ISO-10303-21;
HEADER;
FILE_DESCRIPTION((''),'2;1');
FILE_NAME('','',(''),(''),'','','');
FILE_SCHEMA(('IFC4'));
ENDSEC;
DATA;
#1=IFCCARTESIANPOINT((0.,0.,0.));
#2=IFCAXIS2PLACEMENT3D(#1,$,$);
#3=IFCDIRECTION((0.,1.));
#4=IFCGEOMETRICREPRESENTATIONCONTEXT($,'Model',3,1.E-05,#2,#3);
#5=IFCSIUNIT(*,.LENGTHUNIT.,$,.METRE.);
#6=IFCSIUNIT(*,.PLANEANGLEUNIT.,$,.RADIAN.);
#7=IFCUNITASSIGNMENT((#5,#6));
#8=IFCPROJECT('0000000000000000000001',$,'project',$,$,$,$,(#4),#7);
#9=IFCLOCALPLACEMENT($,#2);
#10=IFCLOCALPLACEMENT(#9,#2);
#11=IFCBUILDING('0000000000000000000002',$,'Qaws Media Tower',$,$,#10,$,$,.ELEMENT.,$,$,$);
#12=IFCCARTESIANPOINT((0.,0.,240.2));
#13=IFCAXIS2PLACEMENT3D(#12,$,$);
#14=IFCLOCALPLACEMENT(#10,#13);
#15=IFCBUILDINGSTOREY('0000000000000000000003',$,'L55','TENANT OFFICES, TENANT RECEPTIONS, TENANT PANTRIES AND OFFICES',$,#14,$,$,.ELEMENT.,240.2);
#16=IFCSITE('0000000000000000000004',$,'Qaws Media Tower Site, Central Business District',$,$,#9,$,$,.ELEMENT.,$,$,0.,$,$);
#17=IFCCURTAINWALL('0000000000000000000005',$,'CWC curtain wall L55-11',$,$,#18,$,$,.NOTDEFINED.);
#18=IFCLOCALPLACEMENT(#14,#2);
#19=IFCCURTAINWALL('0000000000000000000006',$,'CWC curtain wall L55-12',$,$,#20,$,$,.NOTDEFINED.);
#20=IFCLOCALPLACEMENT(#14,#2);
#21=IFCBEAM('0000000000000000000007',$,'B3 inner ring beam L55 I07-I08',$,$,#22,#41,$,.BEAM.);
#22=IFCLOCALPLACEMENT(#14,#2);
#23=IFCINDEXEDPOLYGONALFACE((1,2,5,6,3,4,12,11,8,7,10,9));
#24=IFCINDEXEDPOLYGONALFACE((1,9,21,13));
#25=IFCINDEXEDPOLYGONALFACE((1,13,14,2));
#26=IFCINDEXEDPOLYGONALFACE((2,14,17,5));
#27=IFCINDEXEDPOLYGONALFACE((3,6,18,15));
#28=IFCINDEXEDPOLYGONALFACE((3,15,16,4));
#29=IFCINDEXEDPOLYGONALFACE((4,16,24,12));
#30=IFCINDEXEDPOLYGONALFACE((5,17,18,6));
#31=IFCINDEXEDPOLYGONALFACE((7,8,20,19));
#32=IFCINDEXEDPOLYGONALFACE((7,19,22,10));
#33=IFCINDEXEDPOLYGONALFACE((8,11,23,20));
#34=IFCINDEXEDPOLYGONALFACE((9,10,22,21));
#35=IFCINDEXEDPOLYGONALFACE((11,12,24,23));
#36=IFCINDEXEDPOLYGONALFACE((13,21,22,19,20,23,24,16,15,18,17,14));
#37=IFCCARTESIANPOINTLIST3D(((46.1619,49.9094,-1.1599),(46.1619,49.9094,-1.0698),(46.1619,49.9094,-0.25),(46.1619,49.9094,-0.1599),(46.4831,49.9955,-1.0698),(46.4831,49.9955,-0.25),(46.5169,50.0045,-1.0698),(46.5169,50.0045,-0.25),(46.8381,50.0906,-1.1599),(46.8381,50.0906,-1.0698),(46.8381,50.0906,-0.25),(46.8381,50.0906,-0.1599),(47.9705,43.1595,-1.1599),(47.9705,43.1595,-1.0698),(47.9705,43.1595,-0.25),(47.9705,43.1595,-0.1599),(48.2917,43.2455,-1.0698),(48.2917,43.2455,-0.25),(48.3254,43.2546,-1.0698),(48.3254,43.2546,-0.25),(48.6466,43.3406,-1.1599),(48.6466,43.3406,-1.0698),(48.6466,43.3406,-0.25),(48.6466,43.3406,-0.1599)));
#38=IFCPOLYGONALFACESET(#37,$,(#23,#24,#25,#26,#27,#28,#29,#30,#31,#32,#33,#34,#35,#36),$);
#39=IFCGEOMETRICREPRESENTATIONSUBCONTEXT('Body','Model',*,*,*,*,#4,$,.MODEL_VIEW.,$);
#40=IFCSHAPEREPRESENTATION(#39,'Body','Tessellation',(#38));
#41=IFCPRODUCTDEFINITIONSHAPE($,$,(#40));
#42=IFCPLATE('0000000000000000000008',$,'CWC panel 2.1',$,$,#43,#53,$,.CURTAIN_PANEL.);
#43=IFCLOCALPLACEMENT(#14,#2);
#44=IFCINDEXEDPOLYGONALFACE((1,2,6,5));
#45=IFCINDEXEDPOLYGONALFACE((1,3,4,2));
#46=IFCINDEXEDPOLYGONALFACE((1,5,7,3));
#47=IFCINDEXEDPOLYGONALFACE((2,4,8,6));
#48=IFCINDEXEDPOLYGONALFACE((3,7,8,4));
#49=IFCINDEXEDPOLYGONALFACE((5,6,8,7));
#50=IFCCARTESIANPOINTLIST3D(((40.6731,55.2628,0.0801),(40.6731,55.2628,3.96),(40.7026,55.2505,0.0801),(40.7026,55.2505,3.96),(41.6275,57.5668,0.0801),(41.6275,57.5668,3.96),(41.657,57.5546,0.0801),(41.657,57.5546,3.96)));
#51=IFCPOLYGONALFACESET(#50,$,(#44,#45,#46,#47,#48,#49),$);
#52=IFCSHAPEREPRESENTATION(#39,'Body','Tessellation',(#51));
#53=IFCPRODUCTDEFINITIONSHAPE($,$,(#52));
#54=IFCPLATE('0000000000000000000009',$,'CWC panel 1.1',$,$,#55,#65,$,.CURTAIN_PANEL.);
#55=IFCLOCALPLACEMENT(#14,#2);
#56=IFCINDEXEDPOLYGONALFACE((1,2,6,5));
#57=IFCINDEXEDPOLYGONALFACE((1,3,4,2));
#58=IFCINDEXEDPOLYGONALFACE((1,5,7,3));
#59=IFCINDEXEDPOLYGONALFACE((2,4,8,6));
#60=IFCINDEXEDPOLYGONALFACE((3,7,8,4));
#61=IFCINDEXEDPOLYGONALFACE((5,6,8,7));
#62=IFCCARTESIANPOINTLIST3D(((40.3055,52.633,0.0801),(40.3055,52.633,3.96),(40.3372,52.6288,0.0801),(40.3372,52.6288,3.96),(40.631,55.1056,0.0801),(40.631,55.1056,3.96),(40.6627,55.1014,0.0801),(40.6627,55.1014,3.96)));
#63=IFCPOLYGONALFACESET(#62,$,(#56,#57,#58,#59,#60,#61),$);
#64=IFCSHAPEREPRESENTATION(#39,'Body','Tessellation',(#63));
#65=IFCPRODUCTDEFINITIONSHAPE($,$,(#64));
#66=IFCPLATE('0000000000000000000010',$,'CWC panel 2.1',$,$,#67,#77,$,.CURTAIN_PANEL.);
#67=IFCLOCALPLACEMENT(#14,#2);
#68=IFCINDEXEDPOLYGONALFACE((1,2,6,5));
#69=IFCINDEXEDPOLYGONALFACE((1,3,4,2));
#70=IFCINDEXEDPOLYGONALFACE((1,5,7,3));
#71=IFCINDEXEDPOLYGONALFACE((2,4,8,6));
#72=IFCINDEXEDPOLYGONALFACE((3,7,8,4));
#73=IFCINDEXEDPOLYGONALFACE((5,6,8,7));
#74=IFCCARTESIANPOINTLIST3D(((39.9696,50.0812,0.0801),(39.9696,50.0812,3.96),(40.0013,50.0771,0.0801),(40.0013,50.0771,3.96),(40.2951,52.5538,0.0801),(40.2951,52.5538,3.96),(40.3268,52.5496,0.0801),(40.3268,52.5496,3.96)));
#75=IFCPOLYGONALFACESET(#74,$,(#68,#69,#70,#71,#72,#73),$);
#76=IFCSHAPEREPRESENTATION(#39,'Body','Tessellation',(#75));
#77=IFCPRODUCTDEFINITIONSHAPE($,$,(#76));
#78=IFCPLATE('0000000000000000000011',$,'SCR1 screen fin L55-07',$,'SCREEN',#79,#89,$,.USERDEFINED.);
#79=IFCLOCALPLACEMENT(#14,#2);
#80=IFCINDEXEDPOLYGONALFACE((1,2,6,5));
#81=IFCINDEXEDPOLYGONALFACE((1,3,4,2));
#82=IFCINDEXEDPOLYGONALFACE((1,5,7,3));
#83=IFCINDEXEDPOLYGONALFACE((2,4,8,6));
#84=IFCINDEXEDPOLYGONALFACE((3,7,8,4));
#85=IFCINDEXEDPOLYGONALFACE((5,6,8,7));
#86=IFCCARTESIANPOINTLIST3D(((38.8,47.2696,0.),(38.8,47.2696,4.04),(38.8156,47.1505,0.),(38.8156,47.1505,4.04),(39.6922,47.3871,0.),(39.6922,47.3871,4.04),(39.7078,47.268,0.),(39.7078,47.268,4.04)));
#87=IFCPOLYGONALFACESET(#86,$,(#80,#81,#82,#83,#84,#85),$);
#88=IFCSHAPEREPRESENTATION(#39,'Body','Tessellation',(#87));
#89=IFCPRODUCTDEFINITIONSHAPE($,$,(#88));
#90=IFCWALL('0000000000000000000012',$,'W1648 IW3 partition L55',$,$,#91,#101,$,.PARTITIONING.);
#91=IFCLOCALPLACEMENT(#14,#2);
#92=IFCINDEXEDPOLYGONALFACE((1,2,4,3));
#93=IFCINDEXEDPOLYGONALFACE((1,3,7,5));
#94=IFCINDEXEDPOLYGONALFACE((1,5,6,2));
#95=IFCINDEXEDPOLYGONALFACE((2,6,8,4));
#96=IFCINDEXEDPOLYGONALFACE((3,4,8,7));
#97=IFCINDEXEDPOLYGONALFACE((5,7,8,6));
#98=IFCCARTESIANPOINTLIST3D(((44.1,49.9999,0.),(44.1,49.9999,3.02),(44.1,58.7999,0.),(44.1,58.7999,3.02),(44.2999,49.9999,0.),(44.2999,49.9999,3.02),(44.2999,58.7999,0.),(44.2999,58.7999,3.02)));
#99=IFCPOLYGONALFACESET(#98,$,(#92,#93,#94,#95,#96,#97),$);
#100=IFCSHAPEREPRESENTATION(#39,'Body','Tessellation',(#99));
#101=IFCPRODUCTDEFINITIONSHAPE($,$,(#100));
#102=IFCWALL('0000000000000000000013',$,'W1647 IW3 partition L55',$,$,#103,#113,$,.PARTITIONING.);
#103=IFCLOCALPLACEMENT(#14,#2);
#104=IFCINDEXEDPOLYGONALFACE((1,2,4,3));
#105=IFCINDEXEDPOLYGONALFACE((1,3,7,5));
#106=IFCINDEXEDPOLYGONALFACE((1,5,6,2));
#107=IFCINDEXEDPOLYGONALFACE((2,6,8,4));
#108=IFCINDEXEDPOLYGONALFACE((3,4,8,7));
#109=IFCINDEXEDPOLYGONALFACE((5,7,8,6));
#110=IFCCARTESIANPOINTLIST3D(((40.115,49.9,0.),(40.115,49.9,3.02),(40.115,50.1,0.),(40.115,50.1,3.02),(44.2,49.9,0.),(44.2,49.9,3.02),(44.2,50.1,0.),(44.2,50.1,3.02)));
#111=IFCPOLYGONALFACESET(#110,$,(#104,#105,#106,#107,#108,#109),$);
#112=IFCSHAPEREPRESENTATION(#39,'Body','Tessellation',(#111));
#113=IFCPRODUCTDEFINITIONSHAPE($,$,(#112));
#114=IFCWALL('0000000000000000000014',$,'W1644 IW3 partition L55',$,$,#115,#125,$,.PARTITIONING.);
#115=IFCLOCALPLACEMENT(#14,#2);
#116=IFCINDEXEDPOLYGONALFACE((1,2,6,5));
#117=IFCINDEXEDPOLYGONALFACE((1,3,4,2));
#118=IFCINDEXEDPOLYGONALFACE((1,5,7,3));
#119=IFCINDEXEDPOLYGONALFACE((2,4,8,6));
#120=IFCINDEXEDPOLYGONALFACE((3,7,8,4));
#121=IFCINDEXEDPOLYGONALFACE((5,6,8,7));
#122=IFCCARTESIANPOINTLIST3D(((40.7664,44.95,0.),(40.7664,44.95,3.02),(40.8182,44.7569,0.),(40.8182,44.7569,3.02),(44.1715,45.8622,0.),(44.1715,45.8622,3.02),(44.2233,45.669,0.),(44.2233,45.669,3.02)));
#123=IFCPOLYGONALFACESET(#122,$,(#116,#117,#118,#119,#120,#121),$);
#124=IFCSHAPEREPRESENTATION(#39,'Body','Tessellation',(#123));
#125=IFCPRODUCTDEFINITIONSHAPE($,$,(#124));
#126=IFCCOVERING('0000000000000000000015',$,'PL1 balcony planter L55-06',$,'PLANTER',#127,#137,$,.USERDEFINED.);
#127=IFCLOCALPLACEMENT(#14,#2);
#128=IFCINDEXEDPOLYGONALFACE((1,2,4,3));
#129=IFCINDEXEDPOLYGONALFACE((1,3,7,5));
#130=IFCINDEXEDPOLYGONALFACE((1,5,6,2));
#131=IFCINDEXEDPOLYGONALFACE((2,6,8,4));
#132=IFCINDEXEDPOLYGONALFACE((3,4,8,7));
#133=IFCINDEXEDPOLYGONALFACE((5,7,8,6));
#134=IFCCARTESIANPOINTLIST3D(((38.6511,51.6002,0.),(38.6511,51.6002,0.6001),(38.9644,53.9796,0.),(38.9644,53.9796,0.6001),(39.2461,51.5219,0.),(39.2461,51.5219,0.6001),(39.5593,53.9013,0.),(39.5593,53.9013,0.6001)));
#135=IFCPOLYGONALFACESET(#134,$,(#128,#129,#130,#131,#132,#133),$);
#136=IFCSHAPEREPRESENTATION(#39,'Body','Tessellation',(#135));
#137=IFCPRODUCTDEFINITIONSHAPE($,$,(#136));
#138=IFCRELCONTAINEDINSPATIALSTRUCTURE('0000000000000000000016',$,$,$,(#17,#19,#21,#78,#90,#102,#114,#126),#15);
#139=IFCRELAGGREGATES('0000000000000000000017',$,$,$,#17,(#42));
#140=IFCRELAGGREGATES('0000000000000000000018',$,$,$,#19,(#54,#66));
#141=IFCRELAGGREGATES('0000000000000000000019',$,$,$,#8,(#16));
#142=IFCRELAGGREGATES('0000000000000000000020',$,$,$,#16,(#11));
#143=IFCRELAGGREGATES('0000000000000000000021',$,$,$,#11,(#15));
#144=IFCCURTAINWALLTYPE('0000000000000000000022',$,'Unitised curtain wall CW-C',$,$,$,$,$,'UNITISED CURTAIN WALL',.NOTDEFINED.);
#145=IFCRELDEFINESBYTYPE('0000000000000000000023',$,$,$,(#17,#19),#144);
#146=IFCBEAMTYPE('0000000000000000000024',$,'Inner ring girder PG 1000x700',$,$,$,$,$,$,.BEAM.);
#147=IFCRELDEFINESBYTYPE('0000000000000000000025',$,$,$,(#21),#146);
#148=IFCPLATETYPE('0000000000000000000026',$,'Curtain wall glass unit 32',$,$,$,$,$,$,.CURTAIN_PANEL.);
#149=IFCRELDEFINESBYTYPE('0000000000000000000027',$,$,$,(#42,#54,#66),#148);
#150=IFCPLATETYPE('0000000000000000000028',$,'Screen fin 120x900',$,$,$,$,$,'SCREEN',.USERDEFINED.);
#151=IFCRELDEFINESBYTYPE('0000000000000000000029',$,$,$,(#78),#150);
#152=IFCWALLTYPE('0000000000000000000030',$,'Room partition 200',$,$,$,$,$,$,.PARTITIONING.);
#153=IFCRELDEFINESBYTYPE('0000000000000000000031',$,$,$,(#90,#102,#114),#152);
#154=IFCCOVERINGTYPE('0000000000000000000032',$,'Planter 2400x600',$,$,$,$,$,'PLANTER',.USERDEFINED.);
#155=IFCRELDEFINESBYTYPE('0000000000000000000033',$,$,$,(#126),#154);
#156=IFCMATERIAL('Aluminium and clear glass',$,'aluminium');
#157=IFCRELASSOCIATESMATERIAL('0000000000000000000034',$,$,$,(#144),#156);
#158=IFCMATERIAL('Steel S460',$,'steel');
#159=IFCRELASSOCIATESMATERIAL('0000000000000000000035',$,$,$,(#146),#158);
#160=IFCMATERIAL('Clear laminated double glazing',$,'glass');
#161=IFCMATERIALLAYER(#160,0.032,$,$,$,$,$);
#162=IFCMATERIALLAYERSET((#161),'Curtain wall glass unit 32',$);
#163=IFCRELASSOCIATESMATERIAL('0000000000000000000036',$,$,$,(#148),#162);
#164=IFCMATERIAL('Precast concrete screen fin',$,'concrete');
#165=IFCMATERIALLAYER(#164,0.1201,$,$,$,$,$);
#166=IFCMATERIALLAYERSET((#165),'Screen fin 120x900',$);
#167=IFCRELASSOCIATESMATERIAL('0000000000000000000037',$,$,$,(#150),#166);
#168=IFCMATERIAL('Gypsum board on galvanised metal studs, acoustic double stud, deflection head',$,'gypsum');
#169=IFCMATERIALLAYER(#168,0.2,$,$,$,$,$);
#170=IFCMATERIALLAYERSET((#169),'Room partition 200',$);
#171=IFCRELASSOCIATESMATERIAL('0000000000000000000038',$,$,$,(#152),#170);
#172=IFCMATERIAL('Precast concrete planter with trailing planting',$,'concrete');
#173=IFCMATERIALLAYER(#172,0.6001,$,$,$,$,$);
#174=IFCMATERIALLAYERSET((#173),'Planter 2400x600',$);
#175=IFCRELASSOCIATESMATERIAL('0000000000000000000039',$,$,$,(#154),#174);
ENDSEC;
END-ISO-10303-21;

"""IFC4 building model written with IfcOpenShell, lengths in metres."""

from ifc_helpers import new_model, si_unit, direction, frame, frame_2d, origin, origin_2d, place, context, subcontext, project, spatial, rectangle, i_section, extrude, material, layer, layer_set, material_profile, profile_set, type_object, element, aggregate, save


model = new_model("IFC4")

# Units and contexts
model_context = context("Model", 3, precision=1e-05, world=origin(), true_north=direction((0.0, 1.0)))
body_context = subcontext(model_context, "Body", "Model", "MODEL_VIEW")
ifc_project = project(units=[si_unit("LENGTHUNIT", "METRE"), si_unit("PLANEANGLEUNIT", "RADIAN")], contexts=[model_context])

# Site, building, storey
site_placement = place(None, origin())
site = spatial("IfcSite", under=ifc_project, at=site_placement, Name="Qaws Media Tower Site, Central Business District", CompositionType="ELEMENT", RefElevation=0.0)
building_placement = place(site_placement, origin())
building = spatial("IfcBuilding", under=site, at=building_placement, Name="Qaws Media Tower", CompositionType="ELEMENT")
storey_placement = place(building_placement, frame((0.0, 0.0, 240.2)))
storey = spatial("IfcBuildingStorey", under=building, at=storey_placement, Name="L55", Description="TENANT OFFICES, TENANT RECEPTIONS, TENANT PANTRIES AND OFFICES", CompositionType="ELEMENT", Elevation=240.2)

# Curtain wall
ifc_material_1 = material(Name="Aluminium and clear glass", Category="aluminium")
curtain_wall_type = type_object("IfcCurtainWallType", Name="Unitised curtain wall CW-C", ElementType="UNITISED CURTAIN WALL", PredefinedType="NOTDEFINED", material=ifc_material_1)
curtain_wall_1_placement = place(storey_placement, origin())
curtain_wall_1 = element("IfcCurtainWall", 1, at=curtain_wall_1_placement, inside=storey, type_object=curtain_wall_type, Name="CWC curtain wall L55-11", PredefinedType="NOTDEFINED")

# Curtain wall
curtain_wall_2_placement = place(storey_placement, origin())
curtain_wall_2 = element("IfcCurtainWall", 2, at=curtain_wall_2_placement, inside=storey, type_object=curtain_wall_type, Name="CWC curtain wall L55-12", PredefinedType="NOTDEFINED")

# Beam
ifc_material_2 = material(Name="Steel S460", Category="steel")
ifc_material_profile_1 = material_profile(ifc_material_2, i_section(OverallWidth=0.7, OverallDepth=1.0, WebThickness=0.0349, FlangeThickness=0.0901, at=origin_2d()), Name="PG 1000x700")
ifc_profile_set_1 = profile_set([ifc_material_profile_1], Name="Steel S460")
beam_type_1 = type_object("IfcBeamType", Name="Inner ring girder PG 1000x700", PredefinedType="BEAM", material=ifc_profile_set_1)
beam_1_placement = place(storey_placement, frame((46.5, 50.0, -0.6599), z_axis=(0.258811, -0.965928, 0.0), x_axis=(0.965928, 0.258811, 0.0)))
element("IfcBeam", 3, at=beam_1_placement, inside=storey, type_object=beam_type_1, Name="B3 inner ring beam L55 I07-I08", PredefinedType="BEAM", context=body_context, shape_type="SweptSolid", body=[
    extrude(i_section(OverallWidth=0.7, OverallDepth=1.0, WebThickness=0.0349, FlangeThickness=0.0901, at=origin_2d()), origin(), (0.0, 0.0, 1.0), 6.988),
])

# Plates
ifc_material_3 = material(Name="Clear laminated double glazing", Category="glass")
ifc_layer_1 = layer(ifc_material_3, 0.032)
ifc_layer_set_1 = layer_set([ifc_layer_1], Name="Curtain wall glass unit 32")
plate_type_1 = type_object("IfcPlateType", Name="Curtain wall glass unit 32", PredefinedType="CURTAIN_PANEL", material=ifc_layer_set_1)
plate_1_placement = place(storey_placement, frame((41.165, 56.4087, 0.0801), z_axis=(0.0, 0.0, 1.0), x_axis=(-0.382683, -0.92388, 0.0)))
plate_1 = element("IfcPlate", 4, at=plate_1_placement, type_object=plate_type_1, Name="CWC panel 2.1", PredefinedType="CURTAIN_PANEL", context=body_context, shape_type="SweptSolid", body=[
    extrude(rectangle(XDim=2.4939, YDim=0.032, at=origin_2d()), origin(), (0.0, 0.0, 1.0), 3.8799),
])
aggregate(curtain_wall_1, [plate_1])
plate_2_placement = place(storey_placement, frame((40.4841, 53.8672, 0.0801), z_axis=(0.0, 0.0, 1.0), x_axis=(-0.130526, -0.991445, 0.0)))
plate_2 = element("IfcPlate", 5, at=plate_2_placement, type_object=plate_type_1, Name="CWC panel 1.1", PredefinedType="CURTAIN_PANEL", context=body_context, shape_type="SweptSolid", body=[
    extrude(rectangle(XDim=2.4939, YDim=0.032, at=origin_2d()), origin(), (0.0, 0.0, 1.0), 3.8799),
])
plate_3_placement = place(storey_placement, frame((40.1482, 51.3154, 0.0801), z_axis=(0.0, 0.0, 1.0), x_axis=(-0.130526, -0.991445, 0.0)))
plate_3 = element("IfcPlate", 6, at=plate_3_placement, type_object=plate_type_1, Name="CWC panel 2.1", PredefinedType="CURTAIN_PANEL", context=body_context, shape_type="SweptSolid", body=[
    extrude(rectangle(XDim=2.4939, YDim=0.032, at=origin_2d()), origin(), (0.0, 0.0, 1.0), 3.8799),
])
aggregate(curtain_wall_2, [plate_2, plate_3])
ifc_material_4 = material(Name="Precast concrete screen fin", Category="concrete")
ifc_layer_2 = layer(ifc_material_4, 0.1201)
ifc_layer_set_2 = layer_set([ifc_layer_2], Name="Screen fin 120x900")
plate_type_2 = type_object("IfcPlateType", Name="Screen fin 120x900", ElementType="SCREEN", PredefinedType="USERDEFINED", material=ifc_layer_set_2)
plate_4_placement = place(storey_placement, frame((39.2539, 47.2688, 0.0), z_axis=(0.0, 0.0, 1.0), x_axis=(-0.991445, -0.130526, 0.0)))
element("IfcPlate", 7, at=plate_4_placement, inside=storey, type_object=plate_type_2, Name="SCR1 screen fin L55-07", ObjectType="SCREEN", PredefinedType="USERDEFINED", context=body_context, shape_type="SweptSolid", body=[
    extrude(rectangle(XDim=0.8999, YDim=0.1201, at=origin_2d()), origin(), (0.0, 0.0, 1.0), 4.04),
])

# Shared definitions
ifc_material_5 = material(Name="Gypsum board on galvanised metal studs, acoustic double stud, deflection head", Category="gypsum")
ifc_layer_3 = layer(ifc_material_5, 0.2)
ifc_layer_set_3 = layer_set([ifc_layer_3], Name="Room partition 200")
wall_type_1 = type_object("IfcWallType", Name="Room partition 200", PredefinedType="PARTITIONING", material=ifc_layer_set_3)

# Walls
wall_1_placement = place(storey_placement, frame((44.2, 50.0, 0.0), z_axis=(0.0, 0.0, 1.0), x_axis=(0.0, 1.0, 0.0)))
element("IfcWall", 8, at=wall_1_placement, inside=storey, type_object=wall_type_1, Name="W1648 IW3 partition L55", PredefinedType="PARTITIONING", context=body_context, shape_type="SweptSolid", body=[
    extrude(rectangle(XDim=8.8, YDim=0.2, at=frame_2d((4.3999, 0.0))), origin(), (0.0, 0.0, 1.0), 3.02),
])
wall_2_placement = place(storey_placement, frame((44.2, 50.0, 0.0), z_axis=(0.0, 0.0, 1.0), x_axis=(-1.0, 0.0, 0.0)))
element("IfcWall", 9, at=wall_2_placement, inside=storey, type_object=wall_type_1, Name="W1647 IW3 partition L55", PredefinedType="PARTITIONING", context=body_context, shape_type="SweptSolid", body=[
    extrude(rectangle(XDim=4.085, YDim=0.2, at=frame_2d((2.0425, 0.0))), origin(), (0.0, 0.0, 1.0), 3.02),
])
wall_3_placement = place(storey_placement, frame((44.1975, 45.7656, 0.0), z_axis=(0.0, 0.0, 1.0), x_axis=(-0.965945, -0.258749, 0.0)))
element("IfcWall", 10, at=wall_3_placement, inside=storey, type_object=wall_type_1, Name="W1644 IW3 partition L55", PredefinedType="PARTITIONING", context=body_context, shape_type="SweptSolid", body=[
    extrude(rectangle(XDim=3.5251, YDim=0.2, at=frame_2d((1.7627, 0.0))), origin(), (0.0, 0.0, 1.0), 3.02),
])

# Covering
ifc_material_6 = material(Name="Precast concrete planter with trailing planting", Category="concrete")
ifc_layer_4 = layer(ifc_material_6, 0.6001)
ifc_layer_set_4 = layer_set([ifc_layer_4], Name="Planter 2400x600")
covering_type = type_object("IfcCoveringType", Name="Planter 2400x600", ElementType="PLANTER", PredefinedType="USERDEFINED", material=ifc_layer_set_4)
covering_placement = place(storey_placement, frame((39.1052, 52.7507, 0.0), z_axis=(0.0, 0.0, 1.0), x_axis=(-0.130526, -0.991445, 0.0)))
element("IfcCovering", 11, at=covering_placement, inside=storey, type_object=covering_type, Name="PL1 balcony planter L55-06", ObjectType="PLANTER", PredefinedType="USERDEFINED", context=body_context, shape_type="SweptSolid", body=[
    extrude(rectangle(XDim=2.3999, YDim=0.6001, at=origin_2d()), origin(), (0.0, 0.0, 1.0), 0.6001),
])

save(model, "model.ifc")
